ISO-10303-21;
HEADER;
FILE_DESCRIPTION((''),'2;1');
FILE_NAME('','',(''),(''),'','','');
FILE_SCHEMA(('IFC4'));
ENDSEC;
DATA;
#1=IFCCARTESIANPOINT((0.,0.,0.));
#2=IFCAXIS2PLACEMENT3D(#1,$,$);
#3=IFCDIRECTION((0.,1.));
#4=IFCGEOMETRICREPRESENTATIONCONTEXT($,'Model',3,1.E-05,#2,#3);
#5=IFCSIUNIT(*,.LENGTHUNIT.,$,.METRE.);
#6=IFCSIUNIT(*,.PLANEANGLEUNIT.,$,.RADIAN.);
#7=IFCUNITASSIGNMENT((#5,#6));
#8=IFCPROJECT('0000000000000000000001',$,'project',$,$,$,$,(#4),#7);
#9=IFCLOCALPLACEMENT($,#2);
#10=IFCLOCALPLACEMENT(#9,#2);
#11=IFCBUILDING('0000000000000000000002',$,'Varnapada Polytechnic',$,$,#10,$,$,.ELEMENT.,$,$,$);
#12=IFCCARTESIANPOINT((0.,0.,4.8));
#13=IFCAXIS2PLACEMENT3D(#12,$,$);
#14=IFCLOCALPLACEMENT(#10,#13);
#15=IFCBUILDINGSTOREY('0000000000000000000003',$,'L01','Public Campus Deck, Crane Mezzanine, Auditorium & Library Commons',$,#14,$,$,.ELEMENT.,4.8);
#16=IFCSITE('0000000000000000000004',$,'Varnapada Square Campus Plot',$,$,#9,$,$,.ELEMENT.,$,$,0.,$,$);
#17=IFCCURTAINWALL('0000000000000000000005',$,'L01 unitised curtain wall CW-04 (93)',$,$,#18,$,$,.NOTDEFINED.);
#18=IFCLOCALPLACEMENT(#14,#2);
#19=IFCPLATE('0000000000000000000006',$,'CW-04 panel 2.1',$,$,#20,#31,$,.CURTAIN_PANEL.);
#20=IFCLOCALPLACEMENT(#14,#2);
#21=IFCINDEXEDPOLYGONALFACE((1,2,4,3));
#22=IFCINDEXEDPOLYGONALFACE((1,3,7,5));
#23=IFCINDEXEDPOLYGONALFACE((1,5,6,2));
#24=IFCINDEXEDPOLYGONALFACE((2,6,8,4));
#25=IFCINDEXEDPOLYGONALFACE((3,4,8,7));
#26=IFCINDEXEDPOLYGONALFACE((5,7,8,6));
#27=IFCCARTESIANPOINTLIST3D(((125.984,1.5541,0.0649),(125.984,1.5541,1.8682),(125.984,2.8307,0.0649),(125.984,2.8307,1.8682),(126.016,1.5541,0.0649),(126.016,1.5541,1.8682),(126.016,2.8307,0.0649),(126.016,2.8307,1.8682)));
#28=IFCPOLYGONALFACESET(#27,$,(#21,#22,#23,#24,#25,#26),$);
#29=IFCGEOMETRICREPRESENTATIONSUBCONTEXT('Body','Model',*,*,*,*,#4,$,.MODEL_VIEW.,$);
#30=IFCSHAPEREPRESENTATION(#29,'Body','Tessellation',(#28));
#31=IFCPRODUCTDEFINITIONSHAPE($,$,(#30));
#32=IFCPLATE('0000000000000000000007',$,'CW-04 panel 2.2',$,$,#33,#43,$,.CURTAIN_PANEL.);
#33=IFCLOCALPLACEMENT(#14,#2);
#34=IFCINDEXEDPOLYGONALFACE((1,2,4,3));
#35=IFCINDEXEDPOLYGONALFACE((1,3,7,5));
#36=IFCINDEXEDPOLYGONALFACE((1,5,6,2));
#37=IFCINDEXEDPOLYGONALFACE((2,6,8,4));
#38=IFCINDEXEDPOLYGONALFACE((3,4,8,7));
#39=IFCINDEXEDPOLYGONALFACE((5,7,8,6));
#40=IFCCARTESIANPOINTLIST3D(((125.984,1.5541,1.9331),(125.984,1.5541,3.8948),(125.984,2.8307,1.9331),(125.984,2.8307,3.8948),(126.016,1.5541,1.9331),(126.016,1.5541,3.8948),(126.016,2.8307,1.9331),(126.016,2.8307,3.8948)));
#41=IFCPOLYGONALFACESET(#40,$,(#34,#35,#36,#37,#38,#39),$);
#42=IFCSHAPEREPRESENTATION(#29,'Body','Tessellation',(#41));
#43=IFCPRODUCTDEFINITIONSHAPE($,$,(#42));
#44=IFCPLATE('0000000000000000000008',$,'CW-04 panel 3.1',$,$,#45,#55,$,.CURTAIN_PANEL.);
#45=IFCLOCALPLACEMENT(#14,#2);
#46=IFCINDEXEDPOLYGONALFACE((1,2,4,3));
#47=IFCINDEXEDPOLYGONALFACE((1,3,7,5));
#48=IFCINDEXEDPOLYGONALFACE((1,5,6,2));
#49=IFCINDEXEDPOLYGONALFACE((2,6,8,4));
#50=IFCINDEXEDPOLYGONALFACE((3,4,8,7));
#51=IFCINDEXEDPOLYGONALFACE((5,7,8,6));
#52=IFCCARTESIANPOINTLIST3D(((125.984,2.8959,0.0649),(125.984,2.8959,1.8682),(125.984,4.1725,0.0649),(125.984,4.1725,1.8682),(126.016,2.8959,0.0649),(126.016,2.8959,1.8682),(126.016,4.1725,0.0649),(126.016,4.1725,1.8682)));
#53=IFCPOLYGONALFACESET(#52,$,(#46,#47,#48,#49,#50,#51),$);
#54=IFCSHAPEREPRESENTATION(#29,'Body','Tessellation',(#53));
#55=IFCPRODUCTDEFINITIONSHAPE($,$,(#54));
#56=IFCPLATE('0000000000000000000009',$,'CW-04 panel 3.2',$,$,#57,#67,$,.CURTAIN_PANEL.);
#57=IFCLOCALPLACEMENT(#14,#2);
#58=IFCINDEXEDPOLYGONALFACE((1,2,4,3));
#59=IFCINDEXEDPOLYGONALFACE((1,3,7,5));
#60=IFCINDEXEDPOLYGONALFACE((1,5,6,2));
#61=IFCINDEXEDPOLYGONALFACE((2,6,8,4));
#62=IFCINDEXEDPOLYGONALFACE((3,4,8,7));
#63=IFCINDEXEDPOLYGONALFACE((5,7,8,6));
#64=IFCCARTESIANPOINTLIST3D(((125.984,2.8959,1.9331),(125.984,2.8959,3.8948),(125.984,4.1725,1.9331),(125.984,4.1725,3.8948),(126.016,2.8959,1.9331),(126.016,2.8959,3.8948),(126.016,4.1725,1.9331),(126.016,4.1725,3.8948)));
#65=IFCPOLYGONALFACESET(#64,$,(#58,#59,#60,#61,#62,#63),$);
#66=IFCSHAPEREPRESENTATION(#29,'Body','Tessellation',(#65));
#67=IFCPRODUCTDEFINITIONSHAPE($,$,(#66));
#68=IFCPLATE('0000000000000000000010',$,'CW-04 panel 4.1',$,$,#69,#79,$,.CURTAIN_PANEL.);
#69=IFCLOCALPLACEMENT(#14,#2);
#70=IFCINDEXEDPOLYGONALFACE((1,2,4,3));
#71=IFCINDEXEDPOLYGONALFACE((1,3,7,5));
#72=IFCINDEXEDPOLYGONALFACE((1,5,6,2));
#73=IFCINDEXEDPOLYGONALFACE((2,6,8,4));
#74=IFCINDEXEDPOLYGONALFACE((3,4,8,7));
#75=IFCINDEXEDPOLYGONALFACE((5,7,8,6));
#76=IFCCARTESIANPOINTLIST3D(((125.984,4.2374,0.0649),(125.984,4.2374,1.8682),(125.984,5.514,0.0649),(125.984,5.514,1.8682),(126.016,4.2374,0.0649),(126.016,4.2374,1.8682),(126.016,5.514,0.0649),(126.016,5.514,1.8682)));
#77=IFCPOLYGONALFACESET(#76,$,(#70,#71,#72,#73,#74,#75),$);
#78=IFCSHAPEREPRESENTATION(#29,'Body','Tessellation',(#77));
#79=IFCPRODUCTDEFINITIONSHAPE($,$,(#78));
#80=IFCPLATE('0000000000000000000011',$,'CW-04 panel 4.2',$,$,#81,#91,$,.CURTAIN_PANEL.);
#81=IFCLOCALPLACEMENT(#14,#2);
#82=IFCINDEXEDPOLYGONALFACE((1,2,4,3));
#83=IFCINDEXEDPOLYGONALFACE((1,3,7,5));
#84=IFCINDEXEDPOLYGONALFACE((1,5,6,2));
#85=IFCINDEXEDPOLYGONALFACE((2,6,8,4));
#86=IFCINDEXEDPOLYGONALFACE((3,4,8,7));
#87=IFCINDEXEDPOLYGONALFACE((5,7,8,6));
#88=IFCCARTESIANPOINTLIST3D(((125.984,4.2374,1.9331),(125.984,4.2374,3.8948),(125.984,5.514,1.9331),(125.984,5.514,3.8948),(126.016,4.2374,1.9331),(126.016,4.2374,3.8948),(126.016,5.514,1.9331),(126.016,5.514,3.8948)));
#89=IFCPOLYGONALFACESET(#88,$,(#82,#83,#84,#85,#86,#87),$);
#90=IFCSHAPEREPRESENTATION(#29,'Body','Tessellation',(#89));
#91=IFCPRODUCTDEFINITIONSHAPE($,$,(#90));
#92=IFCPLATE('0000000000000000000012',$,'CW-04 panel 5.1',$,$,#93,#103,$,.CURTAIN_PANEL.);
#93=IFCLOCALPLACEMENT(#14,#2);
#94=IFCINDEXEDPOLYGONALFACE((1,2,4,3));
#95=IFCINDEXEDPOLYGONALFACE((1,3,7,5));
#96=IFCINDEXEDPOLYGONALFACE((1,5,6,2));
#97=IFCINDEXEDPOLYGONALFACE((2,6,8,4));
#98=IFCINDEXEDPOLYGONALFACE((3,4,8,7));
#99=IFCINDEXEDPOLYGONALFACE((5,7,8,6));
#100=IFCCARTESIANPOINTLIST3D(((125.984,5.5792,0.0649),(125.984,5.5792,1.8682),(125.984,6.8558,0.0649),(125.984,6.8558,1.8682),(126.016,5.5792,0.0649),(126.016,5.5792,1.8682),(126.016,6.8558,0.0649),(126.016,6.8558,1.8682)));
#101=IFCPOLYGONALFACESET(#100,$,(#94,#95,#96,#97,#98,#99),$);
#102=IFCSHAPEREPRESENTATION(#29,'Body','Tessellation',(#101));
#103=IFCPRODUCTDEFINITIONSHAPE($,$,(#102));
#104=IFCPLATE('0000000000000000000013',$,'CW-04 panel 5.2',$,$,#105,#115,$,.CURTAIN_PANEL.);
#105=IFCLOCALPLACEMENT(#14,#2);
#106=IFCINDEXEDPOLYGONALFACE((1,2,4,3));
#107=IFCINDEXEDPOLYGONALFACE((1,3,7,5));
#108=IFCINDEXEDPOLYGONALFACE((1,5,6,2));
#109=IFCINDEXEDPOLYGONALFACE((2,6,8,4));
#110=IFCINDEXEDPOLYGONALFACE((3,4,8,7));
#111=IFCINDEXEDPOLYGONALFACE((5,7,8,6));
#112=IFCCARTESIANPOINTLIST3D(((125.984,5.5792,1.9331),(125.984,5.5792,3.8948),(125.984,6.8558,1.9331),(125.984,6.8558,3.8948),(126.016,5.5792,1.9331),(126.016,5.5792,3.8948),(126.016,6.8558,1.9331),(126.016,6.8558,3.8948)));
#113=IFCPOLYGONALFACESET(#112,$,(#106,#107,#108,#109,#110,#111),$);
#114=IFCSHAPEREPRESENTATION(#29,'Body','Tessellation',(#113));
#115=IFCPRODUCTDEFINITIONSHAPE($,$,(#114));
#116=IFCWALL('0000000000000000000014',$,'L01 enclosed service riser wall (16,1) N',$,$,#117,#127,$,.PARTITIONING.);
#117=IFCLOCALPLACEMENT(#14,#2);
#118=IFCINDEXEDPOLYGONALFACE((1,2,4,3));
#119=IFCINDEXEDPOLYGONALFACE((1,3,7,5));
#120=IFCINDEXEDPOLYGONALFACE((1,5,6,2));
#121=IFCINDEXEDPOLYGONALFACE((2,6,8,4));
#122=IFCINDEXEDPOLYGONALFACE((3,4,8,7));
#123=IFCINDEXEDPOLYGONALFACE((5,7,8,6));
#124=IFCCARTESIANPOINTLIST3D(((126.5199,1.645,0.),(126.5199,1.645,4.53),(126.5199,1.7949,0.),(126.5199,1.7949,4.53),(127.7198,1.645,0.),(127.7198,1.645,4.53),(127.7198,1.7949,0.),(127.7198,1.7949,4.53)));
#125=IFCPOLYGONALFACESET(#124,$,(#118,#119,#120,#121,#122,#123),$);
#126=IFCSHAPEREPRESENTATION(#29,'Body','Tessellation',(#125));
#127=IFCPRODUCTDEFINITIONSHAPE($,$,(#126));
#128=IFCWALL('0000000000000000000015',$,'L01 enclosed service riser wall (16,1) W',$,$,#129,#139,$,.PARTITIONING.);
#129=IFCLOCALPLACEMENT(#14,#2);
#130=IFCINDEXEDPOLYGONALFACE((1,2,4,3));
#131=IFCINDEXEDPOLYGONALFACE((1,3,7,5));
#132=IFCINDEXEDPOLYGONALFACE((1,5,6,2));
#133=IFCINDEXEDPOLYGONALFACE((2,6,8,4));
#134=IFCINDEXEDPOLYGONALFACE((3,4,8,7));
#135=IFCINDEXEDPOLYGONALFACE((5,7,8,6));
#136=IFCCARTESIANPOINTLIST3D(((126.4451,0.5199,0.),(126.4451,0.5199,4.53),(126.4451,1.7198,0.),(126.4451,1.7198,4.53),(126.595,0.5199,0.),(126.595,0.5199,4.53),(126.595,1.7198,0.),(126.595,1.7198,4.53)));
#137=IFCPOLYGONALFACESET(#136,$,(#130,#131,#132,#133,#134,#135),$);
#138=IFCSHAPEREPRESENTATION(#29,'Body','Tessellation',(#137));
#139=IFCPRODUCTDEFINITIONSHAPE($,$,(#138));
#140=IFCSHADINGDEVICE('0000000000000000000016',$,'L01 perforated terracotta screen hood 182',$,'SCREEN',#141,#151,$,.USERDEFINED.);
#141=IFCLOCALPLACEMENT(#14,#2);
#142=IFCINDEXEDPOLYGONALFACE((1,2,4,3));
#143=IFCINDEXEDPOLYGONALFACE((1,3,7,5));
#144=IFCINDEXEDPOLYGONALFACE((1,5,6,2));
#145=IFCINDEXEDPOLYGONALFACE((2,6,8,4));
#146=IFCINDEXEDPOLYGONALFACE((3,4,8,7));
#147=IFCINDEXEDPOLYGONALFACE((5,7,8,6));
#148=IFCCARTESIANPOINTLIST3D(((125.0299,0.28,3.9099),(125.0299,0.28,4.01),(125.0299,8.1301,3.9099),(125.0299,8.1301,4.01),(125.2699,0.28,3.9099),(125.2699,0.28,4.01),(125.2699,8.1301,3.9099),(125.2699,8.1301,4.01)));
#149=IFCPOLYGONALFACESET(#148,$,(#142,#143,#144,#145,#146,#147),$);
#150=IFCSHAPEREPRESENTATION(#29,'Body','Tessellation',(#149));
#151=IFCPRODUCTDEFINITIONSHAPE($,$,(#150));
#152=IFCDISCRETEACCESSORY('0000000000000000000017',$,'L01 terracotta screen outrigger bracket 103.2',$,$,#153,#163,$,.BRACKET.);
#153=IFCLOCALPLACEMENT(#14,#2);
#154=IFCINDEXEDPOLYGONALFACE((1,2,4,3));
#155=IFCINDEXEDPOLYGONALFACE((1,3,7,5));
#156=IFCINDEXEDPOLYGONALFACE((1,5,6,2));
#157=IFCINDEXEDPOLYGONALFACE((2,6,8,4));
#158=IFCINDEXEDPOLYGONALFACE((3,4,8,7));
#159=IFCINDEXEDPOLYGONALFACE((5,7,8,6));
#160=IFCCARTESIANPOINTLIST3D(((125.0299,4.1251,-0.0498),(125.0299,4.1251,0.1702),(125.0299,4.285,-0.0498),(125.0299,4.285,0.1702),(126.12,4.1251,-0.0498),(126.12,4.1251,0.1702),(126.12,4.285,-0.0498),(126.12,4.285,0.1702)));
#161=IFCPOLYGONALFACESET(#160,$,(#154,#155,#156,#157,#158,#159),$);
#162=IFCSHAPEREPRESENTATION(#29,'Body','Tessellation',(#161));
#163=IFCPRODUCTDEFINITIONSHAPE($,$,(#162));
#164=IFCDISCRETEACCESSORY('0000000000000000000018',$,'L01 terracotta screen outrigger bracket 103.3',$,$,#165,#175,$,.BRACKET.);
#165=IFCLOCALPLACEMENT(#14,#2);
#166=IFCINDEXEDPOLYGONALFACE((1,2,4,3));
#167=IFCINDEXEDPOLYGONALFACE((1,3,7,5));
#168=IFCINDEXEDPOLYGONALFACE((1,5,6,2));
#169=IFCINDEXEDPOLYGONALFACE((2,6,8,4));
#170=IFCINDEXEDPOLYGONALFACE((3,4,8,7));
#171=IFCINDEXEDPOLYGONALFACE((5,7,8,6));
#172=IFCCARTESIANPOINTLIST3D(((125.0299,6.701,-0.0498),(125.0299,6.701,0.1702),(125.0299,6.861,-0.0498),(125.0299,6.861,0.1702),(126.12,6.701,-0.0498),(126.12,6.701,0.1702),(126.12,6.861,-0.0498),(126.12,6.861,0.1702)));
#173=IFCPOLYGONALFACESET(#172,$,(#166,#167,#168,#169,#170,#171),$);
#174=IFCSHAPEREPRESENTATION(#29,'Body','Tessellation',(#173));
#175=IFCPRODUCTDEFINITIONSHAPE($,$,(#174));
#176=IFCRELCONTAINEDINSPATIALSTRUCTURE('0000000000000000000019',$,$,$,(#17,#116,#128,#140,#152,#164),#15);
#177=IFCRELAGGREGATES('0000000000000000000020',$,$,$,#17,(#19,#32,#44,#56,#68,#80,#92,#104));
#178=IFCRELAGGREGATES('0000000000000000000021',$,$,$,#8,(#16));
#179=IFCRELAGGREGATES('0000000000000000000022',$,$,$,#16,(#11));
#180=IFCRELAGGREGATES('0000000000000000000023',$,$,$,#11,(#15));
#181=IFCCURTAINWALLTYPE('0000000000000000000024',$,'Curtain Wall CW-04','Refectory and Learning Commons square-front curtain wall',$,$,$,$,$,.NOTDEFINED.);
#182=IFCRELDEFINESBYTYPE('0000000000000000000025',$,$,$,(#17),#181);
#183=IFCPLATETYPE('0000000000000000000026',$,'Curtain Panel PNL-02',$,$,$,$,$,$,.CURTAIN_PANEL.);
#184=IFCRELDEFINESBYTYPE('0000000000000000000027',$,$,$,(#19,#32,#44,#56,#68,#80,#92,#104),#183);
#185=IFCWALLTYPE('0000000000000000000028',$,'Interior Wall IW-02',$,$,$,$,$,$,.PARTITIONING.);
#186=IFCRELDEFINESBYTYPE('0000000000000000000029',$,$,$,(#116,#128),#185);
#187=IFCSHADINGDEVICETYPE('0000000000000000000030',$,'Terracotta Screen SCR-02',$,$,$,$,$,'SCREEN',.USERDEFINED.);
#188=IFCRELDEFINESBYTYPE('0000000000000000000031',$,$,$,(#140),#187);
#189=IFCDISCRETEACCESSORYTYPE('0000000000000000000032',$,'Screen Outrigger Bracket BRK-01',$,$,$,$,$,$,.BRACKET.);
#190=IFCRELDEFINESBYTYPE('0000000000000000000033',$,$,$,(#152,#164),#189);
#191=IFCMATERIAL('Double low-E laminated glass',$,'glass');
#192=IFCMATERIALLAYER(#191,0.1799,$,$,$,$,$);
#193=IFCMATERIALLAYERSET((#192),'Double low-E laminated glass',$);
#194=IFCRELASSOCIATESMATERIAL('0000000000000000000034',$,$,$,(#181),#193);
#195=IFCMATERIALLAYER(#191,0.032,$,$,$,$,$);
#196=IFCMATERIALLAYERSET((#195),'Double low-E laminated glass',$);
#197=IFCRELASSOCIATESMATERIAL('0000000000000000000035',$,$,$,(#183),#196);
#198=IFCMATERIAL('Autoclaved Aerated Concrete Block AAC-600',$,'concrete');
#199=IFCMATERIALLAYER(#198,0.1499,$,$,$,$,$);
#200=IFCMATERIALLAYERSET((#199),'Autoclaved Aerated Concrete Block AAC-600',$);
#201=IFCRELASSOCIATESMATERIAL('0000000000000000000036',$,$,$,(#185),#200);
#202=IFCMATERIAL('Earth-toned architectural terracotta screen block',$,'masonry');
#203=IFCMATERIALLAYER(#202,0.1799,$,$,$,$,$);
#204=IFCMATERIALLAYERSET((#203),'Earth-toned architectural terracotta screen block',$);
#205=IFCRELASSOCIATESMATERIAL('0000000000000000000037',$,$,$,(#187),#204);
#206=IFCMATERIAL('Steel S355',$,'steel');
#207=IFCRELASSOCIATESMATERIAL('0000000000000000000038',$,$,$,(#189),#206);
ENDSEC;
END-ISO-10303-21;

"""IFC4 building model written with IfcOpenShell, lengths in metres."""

from ifc_helpers import new_model, si_unit, direction, frame, frame_2d, origin, origin_2d, place, context, subcontext, project, spatial, rectangle, extrude, material, layer, layer_set, type_object, element, aggregate, save


model = new_model("IFC4")

# Units and contexts
model_context = context("Model", 3, precision=1e-05, world=origin(), true_north=direction((0.0, 1.0)))
body_context = subcontext(model_context, "Body", "Model", "MODEL_VIEW")
ifc_project = project(units=[si_unit("LENGTHUNIT", "METRE"), si_unit("PLANEANGLEUNIT", "RADIAN")], contexts=[model_context])

# Site, building, storey
site_placement = place(None, origin())
site = spatial("IfcSite", under=ifc_project, at=site_placement, Name="Varnapada Square Campus Plot", CompositionType="ELEMENT", RefElevation=0.0)
building_placement = place(site_placement, origin())
building = spatial("IfcBuilding", under=site, at=building_placement, Name="Varnapada Polytechnic", CompositionType="ELEMENT")
storey_placement = place(building_placement, frame((0.0, 0.0, 4.8)))
storey = spatial("IfcBuildingStorey", under=building, at=storey_placement, Name="L01", Description="Public Campus Deck, Crane Mezzanine, Auditorium & Library Commons", CompositionType="ELEMENT", Elevation=4.8)

# Curtain wall, plates
ifc_material_1 = material(Name="Double low-E laminated glass", Category="glass")
ifc_layer_1 = layer(ifc_material_1, 0.1799)
ifc_layer_set_1 = layer_set([ifc_layer_1], Name="Double low-E laminated glass")
curtain_wall_type = type_object("IfcCurtainWallType", Name="Curtain Wall CW-04", Description="Refectory and Learning Commons square-front curtain wall", PredefinedType="NOTDEFINED", material=ifc_layer_set_1)
curtain_wall_placement = place(storey_placement, origin())
curtain_wall = element("IfcCurtainWall", 1, at=curtain_wall_placement, inside=storey, type_object=curtain_wall_type, Name="L01 unitised curtain wall CW-04 (93)", PredefinedType="NOTDEFINED")
ifc_layer_2 = layer(ifc_material_1, 0.032)
ifc_layer_set_2 = layer_set([ifc_layer_2], Name="Double low-E laminated glass")
plate_type = type_object("IfcPlateType", Name="Curtain Panel PNL-02", PredefinedType="CURTAIN_PANEL", material=ifc_layer_set_2)
plate_1_placement = place(storey_placement, frame((126.0, 2.1924, 0.0649), z_axis=(0.0, 0.0, 1.0), x_axis=(0.0, 1.0, 0.0)))
plate_1 = element("IfcPlate", 2, at=plate_1_placement, type_object=plate_type, Name="CW-04 panel 2.1", PredefinedType="CURTAIN_PANEL", context=body_context, shape_type="SweptSolid", body=[
    extrude(rectangle(XDim=1.2766, YDim=0.032, at=origin_2d()), origin(), (0.0, 0.0, 1.0), 1.8032),
])
plate_2_placement = place(storey_placement, frame((126.0, 2.1924, 1.9331), z_axis=(0.0, 0.0, 1.0), x_axis=(0.0, 1.0, 0.0)))
plate_2 = element("IfcPlate", 3, at=plate_2_placement, type_object=plate_type, Name="CW-04 panel 2.2", PredefinedType="CURTAIN_PANEL", context=body_context, shape_type="SweptSolid", body=[
    extrude(rectangle(XDim=1.2766, YDim=0.032, at=origin_2d()), origin(), (0.0, 0.0, 1.0), 1.9617),
])
plate_3_placement = place(storey_placement, frame((126.0, 3.5342, 0.0649), z_axis=(0.0, 0.0, 1.0), x_axis=(0.0, 1.0, 0.0)))
plate_3 = element("IfcPlate", 4, at=plate_3_placement, type_object=plate_type, Name="CW-04 panel 3.1", PredefinedType="CURTAIN_PANEL", context=body_context, shape_type="SweptSolid", body=[
    extrude(rectangle(XDim=1.2766, YDim=0.032, at=origin_2d()), origin(), (0.0, 0.0, 1.0), 1.8032),
])
plate_4_placement = place(storey_placement, frame((126.0, 3.5342, 1.9331), z_axis=(0.0, 0.0, 1.0), x_axis=(0.0, 1.0, 0.0)))
plate_4 = element("IfcPlate", 5, at=plate_4_placement, type_object=plate_type, Name="CW-04 panel 3.2", PredefinedType="CURTAIN_PANEL", context=body_context, shape_type="SweptSolid", body=[
    extrude(rectangle(XDim=1.2766, YDim=0.032, at=origin_2d()), origin(), (0.0, 0.0, 1.0), 1.9617),
])
plate_5_placement = place(storey_placement, frame((126.0, 4.8757, 0.0649), z_axis=(0.0, 0.0, 1.0), x_axis=(0.0, 1.0, 0.0)))
plate_5 = element("IfcPlate", 6, at=plate_5_placement, type_object=plate_type, Name="CW-04 panel 4.1", PredefinedType="CURTAIN_PANEL", context=body_context, shape_type="SweptSolid", body=[
    extrude(rectangle(XDim=1.2766, YDim=0.032, at=origin_2d()), origin(), (0.0, 0.0, 1.0), 1.8032),
])
plate_6_placement = place(storey_placement, frame((126.0, 4.8757, 1.9331), z_axis=(0.0, 0.0, 1.0), x_axis=(0.0, 1.0, 0.0)))
plate_6 = element("IfcPlate", 7, at=plate_6_placement, type_object=plate_type, Name="CW-04 panel 4.2", PredefinedType="CURTAIN_PANEL", context=body_context, shape_type="SweptSolid", body=[
    extrude(rectangle(XDim=1.2766, YDim=0.032, at=origin_2d()), origin(), (0.0, 0.0, 1.0), 1.9617),
])
plate_7_placement = place(storey_placement, frame((126.0, 6.2175, 0.0649), z_axis=(0.0, 0.0, 1.0), x_axis=(0.0, 1.0, 0.0)))
plate_7 = element("IfcPlate", 8, at=plate_7_placement, type_object=plate_type, Name="CW-04 panel 5.1", PredefinedType="CURTAIN_PANEL", context=body_context, shape_type="SweptSolid", body=[
    extrude(rectangle(XDim=1.2766, YDim=0.032, at=origin_2d()), origin(), (0.0, 0.0, 1.0), 1.8032),
])
plate_8_placement = place(storey_placement, frame((126.0, 6.2175, 1.9331), z_axis=(0.0, 0.0, 1.0), x_axis=(0.0, 1.0, 0.0)))
plate_8 = element("IfcPlate", 9, at=plate_8_placement, type_object=plate_type, Name="CW-04 panel 5.2", PredefinedType="CURTAIN_PANEL", context=body_context, shape_type="SweptSolid", body=[
    extrude(rectangle(XDim=1.2766, YDim=0.032, at=origin_2d()), origin(), (0.0, 0.0, 1.0), 1.9617),
])
aggregate(curtain_wall, [plate_1, plate_2, plate_3, plate_4, plate_5, plate_6, plate_7, plate_8])

# Walls
ifc_material_2 = material(Name="Autoclaved Aerated Concrete Block AAC-600", Category="concrete")
ifc_layer_3 = layer(ifc_material_2, 0.1499)
ifc_layer_set_3 = layer_set([ifc_layer_3], Name="Autoclaved Aerated Concrete Block AAC-600")
wall_type = type_object("IfcWallType", Name="Interior Wall IW-02", PredefinedType="PARTITIONING", material=ifc_layer_set_3)
for number, where, z_axis, x_axis, name in (
    (10, (127.72, 1.72, 0.0), (0.0, 0.0, 1.0), (-1.0, 0.0, 0.0), "L01 enclosed service riser wall (16,1) N"),
    (11, (126.52, 1.72, 0.0), (0.0, 0.0, 1.0), (0.0, -1.0, 0.0), "L01 enclosed service riser wall (16,1) W"),
):
    element("IfcWall", number, at=place(storey_placement, frame(where, z_axis=z_axis, x_axis=x_axis)), inside=storey, type_object=wall_type, Name=name, PredefinedType="PARTITIONING", context=body_context, shape_type="SweptSolid", body=[
        extrude(rectangle(XDim=1.2, YDim=0.1499, at=frame_2d((0.6001, 0.0))), origin(), (0.0, 0.0, 1.0), 4.53),
    ])

# Shading device
ifc_material_3 = material(Name="Earth-toned architectural terracotta screen block", Category="masonry")
ifc_layer_4 = layer(ifc_material_3, 0.1799)
ifc_layer_set_4 = layer_set([ifc_layer_4], Name="Earth-toned architectural terracotta screen block")
shading_device_type = type_object("IfcShadingDeviceType", Name="Terracotta Screen SCR-02", ElementType="SCREEN", PredefinedType="USERDEFINED", material=ifc_layer_set_4)
shading_device_placement = place(storey_placement, frame((125.1499, 4.2051, 3.9099), z_axis=(0.0, 0.0, 1.0), x_axis=(0.0, 1.0, 0.0)))
element("IfcShadingDevice", 12, at=shading_device_placement, inside=storey, type_object=shading_device_type, Name="L01 perforated terracotta screen hood 182", ObjectType="SCREEN", PredefinedType="USERDEFINED", context=body_context, shape_type="SweptSolid", body=[
    extrude(rectangle(XDim=7.8501, YDim=0.24, at=origin_2d()), origin(), (0.0, 0.0, 1.0), 0.1001),
])

# Discrete accessories
ifc_material_4 = material(Name="Steel S355", Category="steel")
discrete_accessory_type = type_object("IfcDiscreteAccessoryType", Name="Screen Outrigger Bracket BRK-01", PredefinedType="BRACKET", material=ifc_material_4)
for number, where, z_axis, x_axis, name in (
    (13, (125.575, 4.2051, -0.0498), (0.0, 0.0, 1.0), (0.0, 1.0, 0.0), "L01 terracotta screen outrigger bracket 103.2"),
    (14, (125.575, 6.781, -0.0498), (0.0, 0.0, 1.0), (0.0, 1.0, 0.0), "L01 terracotta screen outrigger bracket 103.3"),
):
    element("IfcDiscreteAccessory", number, at=place(storey_placement, frame(where, z_axis=z_axis, x_axis=x_axis)), inside=storey, type_object=discrete_accessory_type, Name=name, PredefinedType="BRACKET", context=body_context, shape_type="SweptSolid", body=[
        extrude(rectangle(XDim=0.1599, YDim=1.0901, at=origin_2d()), origin(), (0.0, 0.0, 1.0), 0.22),
    ])

save(model, "model.ifc")
